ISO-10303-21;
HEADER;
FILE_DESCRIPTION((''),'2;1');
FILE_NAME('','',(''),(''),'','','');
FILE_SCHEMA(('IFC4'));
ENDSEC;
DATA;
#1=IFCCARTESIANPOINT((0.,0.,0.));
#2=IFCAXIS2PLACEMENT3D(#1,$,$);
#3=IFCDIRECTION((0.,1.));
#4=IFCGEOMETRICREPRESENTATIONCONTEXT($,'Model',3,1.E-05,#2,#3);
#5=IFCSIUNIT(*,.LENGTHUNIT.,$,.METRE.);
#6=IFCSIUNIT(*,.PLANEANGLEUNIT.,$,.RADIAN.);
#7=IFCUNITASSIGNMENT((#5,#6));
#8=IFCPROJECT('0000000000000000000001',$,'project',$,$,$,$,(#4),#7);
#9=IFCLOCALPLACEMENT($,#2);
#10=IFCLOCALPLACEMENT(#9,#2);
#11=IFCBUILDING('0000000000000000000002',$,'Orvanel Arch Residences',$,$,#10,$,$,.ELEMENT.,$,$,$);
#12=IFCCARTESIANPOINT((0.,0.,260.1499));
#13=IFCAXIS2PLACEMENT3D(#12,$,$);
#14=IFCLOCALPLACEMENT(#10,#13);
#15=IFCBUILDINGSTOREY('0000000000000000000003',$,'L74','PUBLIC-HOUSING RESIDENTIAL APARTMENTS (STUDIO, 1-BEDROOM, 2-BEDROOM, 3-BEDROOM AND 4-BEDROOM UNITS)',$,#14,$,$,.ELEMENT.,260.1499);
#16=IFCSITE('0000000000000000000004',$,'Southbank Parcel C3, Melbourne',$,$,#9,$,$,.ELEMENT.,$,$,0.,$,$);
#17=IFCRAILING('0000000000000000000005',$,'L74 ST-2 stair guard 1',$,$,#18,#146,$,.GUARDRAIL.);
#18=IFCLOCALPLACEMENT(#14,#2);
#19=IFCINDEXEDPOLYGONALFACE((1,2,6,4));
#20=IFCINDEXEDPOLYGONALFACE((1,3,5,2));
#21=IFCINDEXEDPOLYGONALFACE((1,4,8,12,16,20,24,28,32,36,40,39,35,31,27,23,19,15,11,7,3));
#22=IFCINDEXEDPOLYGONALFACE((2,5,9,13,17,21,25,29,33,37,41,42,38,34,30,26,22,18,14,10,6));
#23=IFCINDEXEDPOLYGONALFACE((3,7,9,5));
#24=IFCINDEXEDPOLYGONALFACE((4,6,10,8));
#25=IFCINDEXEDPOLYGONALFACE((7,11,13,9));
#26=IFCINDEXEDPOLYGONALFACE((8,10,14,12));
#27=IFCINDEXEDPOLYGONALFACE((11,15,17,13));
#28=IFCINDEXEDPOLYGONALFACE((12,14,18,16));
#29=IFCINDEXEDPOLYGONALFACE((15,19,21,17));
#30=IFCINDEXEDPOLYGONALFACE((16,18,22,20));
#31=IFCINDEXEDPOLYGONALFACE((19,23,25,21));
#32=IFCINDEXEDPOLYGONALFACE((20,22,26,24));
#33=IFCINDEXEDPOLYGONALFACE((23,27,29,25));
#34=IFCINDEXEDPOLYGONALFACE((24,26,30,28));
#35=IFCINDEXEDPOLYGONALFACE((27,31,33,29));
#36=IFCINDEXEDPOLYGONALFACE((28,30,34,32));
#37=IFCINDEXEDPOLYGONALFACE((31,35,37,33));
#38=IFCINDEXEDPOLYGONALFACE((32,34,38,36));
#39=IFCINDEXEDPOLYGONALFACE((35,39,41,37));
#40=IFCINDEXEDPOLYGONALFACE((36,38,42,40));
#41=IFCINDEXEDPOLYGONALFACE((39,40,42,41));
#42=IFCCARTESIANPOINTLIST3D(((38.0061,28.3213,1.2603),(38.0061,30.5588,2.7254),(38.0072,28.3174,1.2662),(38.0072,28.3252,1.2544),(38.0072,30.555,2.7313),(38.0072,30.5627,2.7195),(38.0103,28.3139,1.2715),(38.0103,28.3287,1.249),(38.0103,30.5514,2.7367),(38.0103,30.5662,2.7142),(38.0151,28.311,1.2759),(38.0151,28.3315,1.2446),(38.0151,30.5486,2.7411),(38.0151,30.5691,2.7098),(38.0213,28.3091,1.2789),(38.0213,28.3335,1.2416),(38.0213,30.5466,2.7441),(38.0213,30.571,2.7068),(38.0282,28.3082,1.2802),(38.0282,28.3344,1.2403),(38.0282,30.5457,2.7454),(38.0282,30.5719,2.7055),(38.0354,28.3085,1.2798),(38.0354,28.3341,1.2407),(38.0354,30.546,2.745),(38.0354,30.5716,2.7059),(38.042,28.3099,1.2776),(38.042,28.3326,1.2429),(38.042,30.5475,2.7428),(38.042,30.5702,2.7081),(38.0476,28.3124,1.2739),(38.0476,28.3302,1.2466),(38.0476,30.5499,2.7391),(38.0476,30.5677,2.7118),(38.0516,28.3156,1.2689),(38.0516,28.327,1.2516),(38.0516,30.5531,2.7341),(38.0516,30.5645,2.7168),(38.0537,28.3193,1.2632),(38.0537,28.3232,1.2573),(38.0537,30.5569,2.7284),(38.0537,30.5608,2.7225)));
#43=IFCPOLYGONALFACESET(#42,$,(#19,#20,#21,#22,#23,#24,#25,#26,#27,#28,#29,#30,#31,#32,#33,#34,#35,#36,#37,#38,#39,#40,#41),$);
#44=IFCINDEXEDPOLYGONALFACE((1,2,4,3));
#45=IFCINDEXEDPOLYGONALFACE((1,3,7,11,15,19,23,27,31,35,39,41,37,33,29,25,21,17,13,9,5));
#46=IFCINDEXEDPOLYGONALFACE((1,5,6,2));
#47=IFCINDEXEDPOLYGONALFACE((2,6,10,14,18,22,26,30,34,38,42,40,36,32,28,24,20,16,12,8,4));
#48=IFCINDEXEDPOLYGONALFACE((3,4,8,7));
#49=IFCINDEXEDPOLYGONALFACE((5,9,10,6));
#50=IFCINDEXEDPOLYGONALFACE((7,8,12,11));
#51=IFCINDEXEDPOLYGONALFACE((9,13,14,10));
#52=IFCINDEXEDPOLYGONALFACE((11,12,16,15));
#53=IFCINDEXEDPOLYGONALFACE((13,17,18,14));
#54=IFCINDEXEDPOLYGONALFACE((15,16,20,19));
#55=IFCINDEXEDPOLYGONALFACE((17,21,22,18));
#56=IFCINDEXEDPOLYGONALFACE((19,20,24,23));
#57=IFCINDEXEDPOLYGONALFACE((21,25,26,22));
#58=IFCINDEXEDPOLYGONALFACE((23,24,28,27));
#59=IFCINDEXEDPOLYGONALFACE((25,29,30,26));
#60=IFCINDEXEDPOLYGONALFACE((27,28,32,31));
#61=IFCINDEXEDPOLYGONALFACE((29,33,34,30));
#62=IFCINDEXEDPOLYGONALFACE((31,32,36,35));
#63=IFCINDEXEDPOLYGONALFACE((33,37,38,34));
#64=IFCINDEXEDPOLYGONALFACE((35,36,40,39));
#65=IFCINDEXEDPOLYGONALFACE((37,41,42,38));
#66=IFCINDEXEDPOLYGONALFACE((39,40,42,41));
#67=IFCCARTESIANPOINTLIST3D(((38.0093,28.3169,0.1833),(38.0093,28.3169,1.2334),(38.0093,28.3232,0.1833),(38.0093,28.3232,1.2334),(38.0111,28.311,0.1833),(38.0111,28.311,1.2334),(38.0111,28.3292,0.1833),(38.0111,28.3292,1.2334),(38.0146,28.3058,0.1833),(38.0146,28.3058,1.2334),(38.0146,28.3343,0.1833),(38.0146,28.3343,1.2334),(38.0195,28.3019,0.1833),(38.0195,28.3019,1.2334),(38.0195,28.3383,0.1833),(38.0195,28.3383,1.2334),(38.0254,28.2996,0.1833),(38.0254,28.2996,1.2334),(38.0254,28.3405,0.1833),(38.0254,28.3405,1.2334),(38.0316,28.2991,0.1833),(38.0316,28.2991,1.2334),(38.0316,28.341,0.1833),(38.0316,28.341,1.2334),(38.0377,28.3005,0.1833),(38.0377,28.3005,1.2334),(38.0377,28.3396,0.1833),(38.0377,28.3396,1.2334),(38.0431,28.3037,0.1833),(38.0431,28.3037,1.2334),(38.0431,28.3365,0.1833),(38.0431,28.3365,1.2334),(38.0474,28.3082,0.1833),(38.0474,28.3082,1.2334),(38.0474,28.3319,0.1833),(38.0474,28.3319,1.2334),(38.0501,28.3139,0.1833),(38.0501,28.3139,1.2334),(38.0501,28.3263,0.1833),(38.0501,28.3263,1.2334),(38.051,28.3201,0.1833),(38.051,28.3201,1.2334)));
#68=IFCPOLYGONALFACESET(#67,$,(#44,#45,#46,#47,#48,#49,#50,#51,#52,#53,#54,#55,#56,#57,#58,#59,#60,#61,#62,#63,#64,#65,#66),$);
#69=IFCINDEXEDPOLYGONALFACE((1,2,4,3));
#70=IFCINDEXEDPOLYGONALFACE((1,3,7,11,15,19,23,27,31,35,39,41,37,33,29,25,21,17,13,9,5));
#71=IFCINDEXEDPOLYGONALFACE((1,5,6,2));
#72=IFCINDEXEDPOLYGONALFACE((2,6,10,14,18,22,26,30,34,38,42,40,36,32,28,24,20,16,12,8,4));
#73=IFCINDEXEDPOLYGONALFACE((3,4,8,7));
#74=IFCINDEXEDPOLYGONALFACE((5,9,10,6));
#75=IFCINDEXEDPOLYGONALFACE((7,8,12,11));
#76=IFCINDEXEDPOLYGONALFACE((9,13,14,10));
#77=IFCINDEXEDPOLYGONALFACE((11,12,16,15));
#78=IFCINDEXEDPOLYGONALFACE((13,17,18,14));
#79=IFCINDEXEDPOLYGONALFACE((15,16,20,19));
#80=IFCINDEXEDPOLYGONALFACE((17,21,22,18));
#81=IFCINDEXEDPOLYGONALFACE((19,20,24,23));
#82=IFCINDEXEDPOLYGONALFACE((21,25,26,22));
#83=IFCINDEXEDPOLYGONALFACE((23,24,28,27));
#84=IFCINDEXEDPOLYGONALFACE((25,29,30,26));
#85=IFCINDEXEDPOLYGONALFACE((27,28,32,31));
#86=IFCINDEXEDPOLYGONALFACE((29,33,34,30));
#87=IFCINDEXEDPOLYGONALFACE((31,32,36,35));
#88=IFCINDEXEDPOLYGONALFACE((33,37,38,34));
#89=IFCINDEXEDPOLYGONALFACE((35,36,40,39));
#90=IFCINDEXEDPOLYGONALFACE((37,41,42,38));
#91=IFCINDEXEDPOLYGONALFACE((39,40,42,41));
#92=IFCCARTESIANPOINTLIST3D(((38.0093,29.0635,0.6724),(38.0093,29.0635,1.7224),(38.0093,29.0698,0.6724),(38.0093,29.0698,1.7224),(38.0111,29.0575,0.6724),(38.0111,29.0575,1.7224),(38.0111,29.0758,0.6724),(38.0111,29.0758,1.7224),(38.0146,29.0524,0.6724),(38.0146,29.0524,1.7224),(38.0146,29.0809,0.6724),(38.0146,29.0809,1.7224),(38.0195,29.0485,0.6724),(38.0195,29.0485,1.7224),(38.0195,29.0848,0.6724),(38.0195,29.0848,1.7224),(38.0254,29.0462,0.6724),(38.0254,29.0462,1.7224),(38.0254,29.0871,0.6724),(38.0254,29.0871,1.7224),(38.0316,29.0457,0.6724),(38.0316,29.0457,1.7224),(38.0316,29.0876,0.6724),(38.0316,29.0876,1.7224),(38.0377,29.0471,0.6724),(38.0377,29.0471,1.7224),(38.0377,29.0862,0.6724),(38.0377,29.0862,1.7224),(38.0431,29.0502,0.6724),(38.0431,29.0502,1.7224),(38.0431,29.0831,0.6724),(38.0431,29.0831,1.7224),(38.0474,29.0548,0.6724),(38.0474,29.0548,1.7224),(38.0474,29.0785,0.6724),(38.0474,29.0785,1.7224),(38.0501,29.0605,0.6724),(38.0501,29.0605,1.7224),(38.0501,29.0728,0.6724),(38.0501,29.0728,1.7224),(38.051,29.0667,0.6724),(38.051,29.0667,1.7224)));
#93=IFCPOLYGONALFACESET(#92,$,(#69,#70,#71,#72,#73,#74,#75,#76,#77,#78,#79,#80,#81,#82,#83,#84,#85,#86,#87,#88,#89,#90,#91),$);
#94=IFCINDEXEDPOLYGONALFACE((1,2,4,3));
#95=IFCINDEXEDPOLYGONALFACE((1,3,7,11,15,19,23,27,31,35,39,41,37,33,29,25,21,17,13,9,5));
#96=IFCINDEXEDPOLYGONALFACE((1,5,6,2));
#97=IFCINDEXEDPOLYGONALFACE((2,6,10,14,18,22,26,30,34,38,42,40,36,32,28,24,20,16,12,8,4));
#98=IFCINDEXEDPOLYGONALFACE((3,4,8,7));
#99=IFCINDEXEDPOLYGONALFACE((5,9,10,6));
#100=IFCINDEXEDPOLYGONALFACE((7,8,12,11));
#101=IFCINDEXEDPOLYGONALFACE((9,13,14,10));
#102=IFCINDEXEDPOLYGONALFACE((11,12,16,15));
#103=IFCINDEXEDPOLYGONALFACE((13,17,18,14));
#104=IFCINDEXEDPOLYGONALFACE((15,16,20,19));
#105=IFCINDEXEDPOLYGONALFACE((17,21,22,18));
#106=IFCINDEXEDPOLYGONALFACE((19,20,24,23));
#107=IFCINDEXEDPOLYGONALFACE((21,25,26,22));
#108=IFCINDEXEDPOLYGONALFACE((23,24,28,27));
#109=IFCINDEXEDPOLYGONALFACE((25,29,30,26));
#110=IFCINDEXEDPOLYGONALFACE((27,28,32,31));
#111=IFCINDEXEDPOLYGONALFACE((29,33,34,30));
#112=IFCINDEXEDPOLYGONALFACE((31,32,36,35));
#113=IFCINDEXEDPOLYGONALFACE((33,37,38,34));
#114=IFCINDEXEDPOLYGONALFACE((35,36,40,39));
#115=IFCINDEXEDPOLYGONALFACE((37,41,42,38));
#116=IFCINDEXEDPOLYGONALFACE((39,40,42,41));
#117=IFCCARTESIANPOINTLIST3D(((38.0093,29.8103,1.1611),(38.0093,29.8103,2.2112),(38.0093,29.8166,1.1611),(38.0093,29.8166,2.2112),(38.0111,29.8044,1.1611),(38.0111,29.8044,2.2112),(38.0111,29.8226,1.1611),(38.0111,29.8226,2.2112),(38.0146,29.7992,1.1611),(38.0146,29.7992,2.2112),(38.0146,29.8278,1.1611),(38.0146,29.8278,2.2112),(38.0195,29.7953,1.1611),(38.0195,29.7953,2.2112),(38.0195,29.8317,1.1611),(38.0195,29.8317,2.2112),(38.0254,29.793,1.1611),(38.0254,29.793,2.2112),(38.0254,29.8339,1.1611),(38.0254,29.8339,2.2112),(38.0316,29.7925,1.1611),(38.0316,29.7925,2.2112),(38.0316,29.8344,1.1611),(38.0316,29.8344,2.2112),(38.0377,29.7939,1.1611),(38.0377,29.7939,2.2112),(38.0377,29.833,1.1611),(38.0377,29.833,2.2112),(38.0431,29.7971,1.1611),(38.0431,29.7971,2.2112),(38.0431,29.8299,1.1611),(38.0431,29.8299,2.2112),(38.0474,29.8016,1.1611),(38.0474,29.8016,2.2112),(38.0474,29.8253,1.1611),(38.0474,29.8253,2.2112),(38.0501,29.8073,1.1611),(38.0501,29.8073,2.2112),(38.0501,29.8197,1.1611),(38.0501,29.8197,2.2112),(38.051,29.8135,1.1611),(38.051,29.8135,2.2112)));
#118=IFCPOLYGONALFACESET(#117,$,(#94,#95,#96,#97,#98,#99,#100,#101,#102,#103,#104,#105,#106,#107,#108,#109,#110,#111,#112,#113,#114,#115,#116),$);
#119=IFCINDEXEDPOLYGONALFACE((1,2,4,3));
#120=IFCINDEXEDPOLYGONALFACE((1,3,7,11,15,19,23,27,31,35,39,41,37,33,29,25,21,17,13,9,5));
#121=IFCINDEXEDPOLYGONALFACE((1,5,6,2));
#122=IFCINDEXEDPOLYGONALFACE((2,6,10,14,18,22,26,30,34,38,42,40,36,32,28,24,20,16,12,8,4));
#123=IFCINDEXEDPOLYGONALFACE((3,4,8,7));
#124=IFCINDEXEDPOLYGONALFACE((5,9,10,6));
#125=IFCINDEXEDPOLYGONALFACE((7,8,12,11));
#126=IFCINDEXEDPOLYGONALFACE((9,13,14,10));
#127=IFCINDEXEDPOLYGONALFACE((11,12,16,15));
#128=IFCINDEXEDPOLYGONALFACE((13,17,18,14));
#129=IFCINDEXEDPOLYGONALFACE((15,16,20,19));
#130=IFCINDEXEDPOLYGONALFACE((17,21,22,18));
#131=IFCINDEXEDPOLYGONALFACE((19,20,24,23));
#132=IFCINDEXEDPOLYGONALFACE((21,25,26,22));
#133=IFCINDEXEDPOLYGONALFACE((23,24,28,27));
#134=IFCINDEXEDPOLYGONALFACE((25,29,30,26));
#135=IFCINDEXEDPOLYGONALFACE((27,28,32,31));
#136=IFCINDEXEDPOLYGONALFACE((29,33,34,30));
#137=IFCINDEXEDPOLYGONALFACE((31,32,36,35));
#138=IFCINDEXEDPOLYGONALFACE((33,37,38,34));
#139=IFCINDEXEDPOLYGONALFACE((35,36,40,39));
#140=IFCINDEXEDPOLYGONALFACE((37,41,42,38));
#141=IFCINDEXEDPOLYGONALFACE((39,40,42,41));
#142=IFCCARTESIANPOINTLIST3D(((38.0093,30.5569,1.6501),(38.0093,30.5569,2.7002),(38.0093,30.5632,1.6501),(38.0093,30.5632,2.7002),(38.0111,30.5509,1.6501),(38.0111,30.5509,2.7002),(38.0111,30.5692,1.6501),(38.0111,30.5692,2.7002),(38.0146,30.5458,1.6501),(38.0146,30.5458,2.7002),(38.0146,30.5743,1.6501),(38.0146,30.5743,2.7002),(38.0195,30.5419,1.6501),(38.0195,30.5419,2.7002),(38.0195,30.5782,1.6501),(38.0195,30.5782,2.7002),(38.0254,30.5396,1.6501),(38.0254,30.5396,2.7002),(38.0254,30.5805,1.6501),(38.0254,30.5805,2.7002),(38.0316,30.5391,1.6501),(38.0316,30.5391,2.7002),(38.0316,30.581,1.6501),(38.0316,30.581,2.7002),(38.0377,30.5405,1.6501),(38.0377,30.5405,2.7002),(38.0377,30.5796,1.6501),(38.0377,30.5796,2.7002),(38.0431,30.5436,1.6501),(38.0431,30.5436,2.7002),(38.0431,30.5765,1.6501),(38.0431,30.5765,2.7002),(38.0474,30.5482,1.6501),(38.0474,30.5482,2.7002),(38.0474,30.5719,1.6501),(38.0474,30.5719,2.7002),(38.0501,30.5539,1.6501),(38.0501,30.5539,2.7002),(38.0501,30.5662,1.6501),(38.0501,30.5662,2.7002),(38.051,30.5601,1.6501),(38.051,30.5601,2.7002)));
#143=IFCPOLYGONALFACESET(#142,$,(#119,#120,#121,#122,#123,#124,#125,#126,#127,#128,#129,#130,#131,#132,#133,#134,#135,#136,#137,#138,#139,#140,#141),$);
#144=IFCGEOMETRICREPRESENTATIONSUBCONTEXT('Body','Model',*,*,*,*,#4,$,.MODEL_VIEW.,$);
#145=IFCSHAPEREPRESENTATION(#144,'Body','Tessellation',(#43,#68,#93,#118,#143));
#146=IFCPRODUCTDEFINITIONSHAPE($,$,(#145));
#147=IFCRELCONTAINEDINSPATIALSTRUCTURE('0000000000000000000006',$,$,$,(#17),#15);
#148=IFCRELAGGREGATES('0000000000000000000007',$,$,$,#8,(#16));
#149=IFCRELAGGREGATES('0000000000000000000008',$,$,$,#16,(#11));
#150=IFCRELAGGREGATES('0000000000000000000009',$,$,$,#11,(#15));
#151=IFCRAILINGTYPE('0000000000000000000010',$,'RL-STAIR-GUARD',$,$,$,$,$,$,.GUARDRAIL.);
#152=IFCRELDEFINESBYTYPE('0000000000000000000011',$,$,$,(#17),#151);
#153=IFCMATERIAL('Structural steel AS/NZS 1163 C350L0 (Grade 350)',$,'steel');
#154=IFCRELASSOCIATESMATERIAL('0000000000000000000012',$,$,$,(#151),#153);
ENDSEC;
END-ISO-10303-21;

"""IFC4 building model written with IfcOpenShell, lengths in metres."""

from ifc_helpers import new_model, si_unit, direction, frame, origin, origin_2d, place, context, subcontext, project, spatial, circle, extrude, material, type_object, element, save


model = new_model("IFC4")

# Units and contexts
model_context = context("Model", 3, precision=1e-05, world=origin(), true_north=direction((0.0, 1.0)))
body_context = subcontext(model_context, "Body", "Model", "MODEL_VIEW")
ifc_project = project(units=[si_unit("LENGTHUNIT", "METRE"), si_unit("PLANEANGLEUNIT", "RADIAN")], contexts=[model_context])

# Site, building, storey
site_placement = place(None, origin())
site = spatial("IfcSite", under=ifc_project, at=site_placement, Name="Southbank Parcel C3, Melbourne", CompositionType="ELEMENT", RefElevation=0.0)
building_placement = place(site_placement, origin())
building = spatial("IfcBuilding", under=site, at=building_placement, Name="Orvanel Arch Residences", CompositionType="ELEMENT")
storey_placement = place(building_placement, frame((0.0, 0.0, 260.1499)))
storey = spatial("IfcBuildingStorey", under=building, at=storey_placement, Name="L74", Description="PUBLIC-HOUSING RESIDENTIAL APARTMENTS (STUDIO, 1-BEDROOM, 2-BEDROOM, 3-BEDROOM AND 4-BEDROOM UNITS)", CompositionType="ELEMENT", Elevation=260.1499)

# Railing
ifc_material_1 = material(Name="Structural steel AS/NZS 1163 C350L0 (Grade 350)", Category="steel")
railing_type_1 = type_object("IfcRailingType", Name="RL-STAIR-GUARD", PredefinedType="GUARDRAIL", material=ifc_material_1)
railing_1_placement = place(storey_placement, frame((38.03, 28.3201, 0.1833)))
element("IfcRailing", 1, at=railing_1_placement, inside=storey, type_object=railing_type_1, Name="L74 ST-2 stair guard 1", PredefinedType="GUARDRAIL", context=body_context, shape_type="SweptSolid", body=[
    extrude(circle(Radius=0.0239, at=origin_2d()), frame((0.0, 0.0012, 1.0769), z_axis=(0.0, 0.836595, 0.547822), x_axis=(-1.0, 0.0, 0.0)), (0.0, 0.0, 1.0), 2.6746),
    extrude(circle(Radius=0.021, at=origin_2d()), origin(), (0.0, 0.0, 1.0), 1.05),
    extrude(circle(Radius=0.021, at=origin_2d()), frame((0.0, 0.7466, 0.489)), (0.0, 0.0, 1.0), 1.05),
    extrude(circle(Radius=0.021, at=origin_2d()), frame((0.0, 1.4934, 0.9778)), (0.0, 0.0, 1.0), 1.05),
    extrude(circle(Radius=0.021, at=origin_2d()), frame((0.0, 2.24, 1.4668)), (0.0, 0.0, 1.0), 1.05),
])

save(model, "model.ifc")
